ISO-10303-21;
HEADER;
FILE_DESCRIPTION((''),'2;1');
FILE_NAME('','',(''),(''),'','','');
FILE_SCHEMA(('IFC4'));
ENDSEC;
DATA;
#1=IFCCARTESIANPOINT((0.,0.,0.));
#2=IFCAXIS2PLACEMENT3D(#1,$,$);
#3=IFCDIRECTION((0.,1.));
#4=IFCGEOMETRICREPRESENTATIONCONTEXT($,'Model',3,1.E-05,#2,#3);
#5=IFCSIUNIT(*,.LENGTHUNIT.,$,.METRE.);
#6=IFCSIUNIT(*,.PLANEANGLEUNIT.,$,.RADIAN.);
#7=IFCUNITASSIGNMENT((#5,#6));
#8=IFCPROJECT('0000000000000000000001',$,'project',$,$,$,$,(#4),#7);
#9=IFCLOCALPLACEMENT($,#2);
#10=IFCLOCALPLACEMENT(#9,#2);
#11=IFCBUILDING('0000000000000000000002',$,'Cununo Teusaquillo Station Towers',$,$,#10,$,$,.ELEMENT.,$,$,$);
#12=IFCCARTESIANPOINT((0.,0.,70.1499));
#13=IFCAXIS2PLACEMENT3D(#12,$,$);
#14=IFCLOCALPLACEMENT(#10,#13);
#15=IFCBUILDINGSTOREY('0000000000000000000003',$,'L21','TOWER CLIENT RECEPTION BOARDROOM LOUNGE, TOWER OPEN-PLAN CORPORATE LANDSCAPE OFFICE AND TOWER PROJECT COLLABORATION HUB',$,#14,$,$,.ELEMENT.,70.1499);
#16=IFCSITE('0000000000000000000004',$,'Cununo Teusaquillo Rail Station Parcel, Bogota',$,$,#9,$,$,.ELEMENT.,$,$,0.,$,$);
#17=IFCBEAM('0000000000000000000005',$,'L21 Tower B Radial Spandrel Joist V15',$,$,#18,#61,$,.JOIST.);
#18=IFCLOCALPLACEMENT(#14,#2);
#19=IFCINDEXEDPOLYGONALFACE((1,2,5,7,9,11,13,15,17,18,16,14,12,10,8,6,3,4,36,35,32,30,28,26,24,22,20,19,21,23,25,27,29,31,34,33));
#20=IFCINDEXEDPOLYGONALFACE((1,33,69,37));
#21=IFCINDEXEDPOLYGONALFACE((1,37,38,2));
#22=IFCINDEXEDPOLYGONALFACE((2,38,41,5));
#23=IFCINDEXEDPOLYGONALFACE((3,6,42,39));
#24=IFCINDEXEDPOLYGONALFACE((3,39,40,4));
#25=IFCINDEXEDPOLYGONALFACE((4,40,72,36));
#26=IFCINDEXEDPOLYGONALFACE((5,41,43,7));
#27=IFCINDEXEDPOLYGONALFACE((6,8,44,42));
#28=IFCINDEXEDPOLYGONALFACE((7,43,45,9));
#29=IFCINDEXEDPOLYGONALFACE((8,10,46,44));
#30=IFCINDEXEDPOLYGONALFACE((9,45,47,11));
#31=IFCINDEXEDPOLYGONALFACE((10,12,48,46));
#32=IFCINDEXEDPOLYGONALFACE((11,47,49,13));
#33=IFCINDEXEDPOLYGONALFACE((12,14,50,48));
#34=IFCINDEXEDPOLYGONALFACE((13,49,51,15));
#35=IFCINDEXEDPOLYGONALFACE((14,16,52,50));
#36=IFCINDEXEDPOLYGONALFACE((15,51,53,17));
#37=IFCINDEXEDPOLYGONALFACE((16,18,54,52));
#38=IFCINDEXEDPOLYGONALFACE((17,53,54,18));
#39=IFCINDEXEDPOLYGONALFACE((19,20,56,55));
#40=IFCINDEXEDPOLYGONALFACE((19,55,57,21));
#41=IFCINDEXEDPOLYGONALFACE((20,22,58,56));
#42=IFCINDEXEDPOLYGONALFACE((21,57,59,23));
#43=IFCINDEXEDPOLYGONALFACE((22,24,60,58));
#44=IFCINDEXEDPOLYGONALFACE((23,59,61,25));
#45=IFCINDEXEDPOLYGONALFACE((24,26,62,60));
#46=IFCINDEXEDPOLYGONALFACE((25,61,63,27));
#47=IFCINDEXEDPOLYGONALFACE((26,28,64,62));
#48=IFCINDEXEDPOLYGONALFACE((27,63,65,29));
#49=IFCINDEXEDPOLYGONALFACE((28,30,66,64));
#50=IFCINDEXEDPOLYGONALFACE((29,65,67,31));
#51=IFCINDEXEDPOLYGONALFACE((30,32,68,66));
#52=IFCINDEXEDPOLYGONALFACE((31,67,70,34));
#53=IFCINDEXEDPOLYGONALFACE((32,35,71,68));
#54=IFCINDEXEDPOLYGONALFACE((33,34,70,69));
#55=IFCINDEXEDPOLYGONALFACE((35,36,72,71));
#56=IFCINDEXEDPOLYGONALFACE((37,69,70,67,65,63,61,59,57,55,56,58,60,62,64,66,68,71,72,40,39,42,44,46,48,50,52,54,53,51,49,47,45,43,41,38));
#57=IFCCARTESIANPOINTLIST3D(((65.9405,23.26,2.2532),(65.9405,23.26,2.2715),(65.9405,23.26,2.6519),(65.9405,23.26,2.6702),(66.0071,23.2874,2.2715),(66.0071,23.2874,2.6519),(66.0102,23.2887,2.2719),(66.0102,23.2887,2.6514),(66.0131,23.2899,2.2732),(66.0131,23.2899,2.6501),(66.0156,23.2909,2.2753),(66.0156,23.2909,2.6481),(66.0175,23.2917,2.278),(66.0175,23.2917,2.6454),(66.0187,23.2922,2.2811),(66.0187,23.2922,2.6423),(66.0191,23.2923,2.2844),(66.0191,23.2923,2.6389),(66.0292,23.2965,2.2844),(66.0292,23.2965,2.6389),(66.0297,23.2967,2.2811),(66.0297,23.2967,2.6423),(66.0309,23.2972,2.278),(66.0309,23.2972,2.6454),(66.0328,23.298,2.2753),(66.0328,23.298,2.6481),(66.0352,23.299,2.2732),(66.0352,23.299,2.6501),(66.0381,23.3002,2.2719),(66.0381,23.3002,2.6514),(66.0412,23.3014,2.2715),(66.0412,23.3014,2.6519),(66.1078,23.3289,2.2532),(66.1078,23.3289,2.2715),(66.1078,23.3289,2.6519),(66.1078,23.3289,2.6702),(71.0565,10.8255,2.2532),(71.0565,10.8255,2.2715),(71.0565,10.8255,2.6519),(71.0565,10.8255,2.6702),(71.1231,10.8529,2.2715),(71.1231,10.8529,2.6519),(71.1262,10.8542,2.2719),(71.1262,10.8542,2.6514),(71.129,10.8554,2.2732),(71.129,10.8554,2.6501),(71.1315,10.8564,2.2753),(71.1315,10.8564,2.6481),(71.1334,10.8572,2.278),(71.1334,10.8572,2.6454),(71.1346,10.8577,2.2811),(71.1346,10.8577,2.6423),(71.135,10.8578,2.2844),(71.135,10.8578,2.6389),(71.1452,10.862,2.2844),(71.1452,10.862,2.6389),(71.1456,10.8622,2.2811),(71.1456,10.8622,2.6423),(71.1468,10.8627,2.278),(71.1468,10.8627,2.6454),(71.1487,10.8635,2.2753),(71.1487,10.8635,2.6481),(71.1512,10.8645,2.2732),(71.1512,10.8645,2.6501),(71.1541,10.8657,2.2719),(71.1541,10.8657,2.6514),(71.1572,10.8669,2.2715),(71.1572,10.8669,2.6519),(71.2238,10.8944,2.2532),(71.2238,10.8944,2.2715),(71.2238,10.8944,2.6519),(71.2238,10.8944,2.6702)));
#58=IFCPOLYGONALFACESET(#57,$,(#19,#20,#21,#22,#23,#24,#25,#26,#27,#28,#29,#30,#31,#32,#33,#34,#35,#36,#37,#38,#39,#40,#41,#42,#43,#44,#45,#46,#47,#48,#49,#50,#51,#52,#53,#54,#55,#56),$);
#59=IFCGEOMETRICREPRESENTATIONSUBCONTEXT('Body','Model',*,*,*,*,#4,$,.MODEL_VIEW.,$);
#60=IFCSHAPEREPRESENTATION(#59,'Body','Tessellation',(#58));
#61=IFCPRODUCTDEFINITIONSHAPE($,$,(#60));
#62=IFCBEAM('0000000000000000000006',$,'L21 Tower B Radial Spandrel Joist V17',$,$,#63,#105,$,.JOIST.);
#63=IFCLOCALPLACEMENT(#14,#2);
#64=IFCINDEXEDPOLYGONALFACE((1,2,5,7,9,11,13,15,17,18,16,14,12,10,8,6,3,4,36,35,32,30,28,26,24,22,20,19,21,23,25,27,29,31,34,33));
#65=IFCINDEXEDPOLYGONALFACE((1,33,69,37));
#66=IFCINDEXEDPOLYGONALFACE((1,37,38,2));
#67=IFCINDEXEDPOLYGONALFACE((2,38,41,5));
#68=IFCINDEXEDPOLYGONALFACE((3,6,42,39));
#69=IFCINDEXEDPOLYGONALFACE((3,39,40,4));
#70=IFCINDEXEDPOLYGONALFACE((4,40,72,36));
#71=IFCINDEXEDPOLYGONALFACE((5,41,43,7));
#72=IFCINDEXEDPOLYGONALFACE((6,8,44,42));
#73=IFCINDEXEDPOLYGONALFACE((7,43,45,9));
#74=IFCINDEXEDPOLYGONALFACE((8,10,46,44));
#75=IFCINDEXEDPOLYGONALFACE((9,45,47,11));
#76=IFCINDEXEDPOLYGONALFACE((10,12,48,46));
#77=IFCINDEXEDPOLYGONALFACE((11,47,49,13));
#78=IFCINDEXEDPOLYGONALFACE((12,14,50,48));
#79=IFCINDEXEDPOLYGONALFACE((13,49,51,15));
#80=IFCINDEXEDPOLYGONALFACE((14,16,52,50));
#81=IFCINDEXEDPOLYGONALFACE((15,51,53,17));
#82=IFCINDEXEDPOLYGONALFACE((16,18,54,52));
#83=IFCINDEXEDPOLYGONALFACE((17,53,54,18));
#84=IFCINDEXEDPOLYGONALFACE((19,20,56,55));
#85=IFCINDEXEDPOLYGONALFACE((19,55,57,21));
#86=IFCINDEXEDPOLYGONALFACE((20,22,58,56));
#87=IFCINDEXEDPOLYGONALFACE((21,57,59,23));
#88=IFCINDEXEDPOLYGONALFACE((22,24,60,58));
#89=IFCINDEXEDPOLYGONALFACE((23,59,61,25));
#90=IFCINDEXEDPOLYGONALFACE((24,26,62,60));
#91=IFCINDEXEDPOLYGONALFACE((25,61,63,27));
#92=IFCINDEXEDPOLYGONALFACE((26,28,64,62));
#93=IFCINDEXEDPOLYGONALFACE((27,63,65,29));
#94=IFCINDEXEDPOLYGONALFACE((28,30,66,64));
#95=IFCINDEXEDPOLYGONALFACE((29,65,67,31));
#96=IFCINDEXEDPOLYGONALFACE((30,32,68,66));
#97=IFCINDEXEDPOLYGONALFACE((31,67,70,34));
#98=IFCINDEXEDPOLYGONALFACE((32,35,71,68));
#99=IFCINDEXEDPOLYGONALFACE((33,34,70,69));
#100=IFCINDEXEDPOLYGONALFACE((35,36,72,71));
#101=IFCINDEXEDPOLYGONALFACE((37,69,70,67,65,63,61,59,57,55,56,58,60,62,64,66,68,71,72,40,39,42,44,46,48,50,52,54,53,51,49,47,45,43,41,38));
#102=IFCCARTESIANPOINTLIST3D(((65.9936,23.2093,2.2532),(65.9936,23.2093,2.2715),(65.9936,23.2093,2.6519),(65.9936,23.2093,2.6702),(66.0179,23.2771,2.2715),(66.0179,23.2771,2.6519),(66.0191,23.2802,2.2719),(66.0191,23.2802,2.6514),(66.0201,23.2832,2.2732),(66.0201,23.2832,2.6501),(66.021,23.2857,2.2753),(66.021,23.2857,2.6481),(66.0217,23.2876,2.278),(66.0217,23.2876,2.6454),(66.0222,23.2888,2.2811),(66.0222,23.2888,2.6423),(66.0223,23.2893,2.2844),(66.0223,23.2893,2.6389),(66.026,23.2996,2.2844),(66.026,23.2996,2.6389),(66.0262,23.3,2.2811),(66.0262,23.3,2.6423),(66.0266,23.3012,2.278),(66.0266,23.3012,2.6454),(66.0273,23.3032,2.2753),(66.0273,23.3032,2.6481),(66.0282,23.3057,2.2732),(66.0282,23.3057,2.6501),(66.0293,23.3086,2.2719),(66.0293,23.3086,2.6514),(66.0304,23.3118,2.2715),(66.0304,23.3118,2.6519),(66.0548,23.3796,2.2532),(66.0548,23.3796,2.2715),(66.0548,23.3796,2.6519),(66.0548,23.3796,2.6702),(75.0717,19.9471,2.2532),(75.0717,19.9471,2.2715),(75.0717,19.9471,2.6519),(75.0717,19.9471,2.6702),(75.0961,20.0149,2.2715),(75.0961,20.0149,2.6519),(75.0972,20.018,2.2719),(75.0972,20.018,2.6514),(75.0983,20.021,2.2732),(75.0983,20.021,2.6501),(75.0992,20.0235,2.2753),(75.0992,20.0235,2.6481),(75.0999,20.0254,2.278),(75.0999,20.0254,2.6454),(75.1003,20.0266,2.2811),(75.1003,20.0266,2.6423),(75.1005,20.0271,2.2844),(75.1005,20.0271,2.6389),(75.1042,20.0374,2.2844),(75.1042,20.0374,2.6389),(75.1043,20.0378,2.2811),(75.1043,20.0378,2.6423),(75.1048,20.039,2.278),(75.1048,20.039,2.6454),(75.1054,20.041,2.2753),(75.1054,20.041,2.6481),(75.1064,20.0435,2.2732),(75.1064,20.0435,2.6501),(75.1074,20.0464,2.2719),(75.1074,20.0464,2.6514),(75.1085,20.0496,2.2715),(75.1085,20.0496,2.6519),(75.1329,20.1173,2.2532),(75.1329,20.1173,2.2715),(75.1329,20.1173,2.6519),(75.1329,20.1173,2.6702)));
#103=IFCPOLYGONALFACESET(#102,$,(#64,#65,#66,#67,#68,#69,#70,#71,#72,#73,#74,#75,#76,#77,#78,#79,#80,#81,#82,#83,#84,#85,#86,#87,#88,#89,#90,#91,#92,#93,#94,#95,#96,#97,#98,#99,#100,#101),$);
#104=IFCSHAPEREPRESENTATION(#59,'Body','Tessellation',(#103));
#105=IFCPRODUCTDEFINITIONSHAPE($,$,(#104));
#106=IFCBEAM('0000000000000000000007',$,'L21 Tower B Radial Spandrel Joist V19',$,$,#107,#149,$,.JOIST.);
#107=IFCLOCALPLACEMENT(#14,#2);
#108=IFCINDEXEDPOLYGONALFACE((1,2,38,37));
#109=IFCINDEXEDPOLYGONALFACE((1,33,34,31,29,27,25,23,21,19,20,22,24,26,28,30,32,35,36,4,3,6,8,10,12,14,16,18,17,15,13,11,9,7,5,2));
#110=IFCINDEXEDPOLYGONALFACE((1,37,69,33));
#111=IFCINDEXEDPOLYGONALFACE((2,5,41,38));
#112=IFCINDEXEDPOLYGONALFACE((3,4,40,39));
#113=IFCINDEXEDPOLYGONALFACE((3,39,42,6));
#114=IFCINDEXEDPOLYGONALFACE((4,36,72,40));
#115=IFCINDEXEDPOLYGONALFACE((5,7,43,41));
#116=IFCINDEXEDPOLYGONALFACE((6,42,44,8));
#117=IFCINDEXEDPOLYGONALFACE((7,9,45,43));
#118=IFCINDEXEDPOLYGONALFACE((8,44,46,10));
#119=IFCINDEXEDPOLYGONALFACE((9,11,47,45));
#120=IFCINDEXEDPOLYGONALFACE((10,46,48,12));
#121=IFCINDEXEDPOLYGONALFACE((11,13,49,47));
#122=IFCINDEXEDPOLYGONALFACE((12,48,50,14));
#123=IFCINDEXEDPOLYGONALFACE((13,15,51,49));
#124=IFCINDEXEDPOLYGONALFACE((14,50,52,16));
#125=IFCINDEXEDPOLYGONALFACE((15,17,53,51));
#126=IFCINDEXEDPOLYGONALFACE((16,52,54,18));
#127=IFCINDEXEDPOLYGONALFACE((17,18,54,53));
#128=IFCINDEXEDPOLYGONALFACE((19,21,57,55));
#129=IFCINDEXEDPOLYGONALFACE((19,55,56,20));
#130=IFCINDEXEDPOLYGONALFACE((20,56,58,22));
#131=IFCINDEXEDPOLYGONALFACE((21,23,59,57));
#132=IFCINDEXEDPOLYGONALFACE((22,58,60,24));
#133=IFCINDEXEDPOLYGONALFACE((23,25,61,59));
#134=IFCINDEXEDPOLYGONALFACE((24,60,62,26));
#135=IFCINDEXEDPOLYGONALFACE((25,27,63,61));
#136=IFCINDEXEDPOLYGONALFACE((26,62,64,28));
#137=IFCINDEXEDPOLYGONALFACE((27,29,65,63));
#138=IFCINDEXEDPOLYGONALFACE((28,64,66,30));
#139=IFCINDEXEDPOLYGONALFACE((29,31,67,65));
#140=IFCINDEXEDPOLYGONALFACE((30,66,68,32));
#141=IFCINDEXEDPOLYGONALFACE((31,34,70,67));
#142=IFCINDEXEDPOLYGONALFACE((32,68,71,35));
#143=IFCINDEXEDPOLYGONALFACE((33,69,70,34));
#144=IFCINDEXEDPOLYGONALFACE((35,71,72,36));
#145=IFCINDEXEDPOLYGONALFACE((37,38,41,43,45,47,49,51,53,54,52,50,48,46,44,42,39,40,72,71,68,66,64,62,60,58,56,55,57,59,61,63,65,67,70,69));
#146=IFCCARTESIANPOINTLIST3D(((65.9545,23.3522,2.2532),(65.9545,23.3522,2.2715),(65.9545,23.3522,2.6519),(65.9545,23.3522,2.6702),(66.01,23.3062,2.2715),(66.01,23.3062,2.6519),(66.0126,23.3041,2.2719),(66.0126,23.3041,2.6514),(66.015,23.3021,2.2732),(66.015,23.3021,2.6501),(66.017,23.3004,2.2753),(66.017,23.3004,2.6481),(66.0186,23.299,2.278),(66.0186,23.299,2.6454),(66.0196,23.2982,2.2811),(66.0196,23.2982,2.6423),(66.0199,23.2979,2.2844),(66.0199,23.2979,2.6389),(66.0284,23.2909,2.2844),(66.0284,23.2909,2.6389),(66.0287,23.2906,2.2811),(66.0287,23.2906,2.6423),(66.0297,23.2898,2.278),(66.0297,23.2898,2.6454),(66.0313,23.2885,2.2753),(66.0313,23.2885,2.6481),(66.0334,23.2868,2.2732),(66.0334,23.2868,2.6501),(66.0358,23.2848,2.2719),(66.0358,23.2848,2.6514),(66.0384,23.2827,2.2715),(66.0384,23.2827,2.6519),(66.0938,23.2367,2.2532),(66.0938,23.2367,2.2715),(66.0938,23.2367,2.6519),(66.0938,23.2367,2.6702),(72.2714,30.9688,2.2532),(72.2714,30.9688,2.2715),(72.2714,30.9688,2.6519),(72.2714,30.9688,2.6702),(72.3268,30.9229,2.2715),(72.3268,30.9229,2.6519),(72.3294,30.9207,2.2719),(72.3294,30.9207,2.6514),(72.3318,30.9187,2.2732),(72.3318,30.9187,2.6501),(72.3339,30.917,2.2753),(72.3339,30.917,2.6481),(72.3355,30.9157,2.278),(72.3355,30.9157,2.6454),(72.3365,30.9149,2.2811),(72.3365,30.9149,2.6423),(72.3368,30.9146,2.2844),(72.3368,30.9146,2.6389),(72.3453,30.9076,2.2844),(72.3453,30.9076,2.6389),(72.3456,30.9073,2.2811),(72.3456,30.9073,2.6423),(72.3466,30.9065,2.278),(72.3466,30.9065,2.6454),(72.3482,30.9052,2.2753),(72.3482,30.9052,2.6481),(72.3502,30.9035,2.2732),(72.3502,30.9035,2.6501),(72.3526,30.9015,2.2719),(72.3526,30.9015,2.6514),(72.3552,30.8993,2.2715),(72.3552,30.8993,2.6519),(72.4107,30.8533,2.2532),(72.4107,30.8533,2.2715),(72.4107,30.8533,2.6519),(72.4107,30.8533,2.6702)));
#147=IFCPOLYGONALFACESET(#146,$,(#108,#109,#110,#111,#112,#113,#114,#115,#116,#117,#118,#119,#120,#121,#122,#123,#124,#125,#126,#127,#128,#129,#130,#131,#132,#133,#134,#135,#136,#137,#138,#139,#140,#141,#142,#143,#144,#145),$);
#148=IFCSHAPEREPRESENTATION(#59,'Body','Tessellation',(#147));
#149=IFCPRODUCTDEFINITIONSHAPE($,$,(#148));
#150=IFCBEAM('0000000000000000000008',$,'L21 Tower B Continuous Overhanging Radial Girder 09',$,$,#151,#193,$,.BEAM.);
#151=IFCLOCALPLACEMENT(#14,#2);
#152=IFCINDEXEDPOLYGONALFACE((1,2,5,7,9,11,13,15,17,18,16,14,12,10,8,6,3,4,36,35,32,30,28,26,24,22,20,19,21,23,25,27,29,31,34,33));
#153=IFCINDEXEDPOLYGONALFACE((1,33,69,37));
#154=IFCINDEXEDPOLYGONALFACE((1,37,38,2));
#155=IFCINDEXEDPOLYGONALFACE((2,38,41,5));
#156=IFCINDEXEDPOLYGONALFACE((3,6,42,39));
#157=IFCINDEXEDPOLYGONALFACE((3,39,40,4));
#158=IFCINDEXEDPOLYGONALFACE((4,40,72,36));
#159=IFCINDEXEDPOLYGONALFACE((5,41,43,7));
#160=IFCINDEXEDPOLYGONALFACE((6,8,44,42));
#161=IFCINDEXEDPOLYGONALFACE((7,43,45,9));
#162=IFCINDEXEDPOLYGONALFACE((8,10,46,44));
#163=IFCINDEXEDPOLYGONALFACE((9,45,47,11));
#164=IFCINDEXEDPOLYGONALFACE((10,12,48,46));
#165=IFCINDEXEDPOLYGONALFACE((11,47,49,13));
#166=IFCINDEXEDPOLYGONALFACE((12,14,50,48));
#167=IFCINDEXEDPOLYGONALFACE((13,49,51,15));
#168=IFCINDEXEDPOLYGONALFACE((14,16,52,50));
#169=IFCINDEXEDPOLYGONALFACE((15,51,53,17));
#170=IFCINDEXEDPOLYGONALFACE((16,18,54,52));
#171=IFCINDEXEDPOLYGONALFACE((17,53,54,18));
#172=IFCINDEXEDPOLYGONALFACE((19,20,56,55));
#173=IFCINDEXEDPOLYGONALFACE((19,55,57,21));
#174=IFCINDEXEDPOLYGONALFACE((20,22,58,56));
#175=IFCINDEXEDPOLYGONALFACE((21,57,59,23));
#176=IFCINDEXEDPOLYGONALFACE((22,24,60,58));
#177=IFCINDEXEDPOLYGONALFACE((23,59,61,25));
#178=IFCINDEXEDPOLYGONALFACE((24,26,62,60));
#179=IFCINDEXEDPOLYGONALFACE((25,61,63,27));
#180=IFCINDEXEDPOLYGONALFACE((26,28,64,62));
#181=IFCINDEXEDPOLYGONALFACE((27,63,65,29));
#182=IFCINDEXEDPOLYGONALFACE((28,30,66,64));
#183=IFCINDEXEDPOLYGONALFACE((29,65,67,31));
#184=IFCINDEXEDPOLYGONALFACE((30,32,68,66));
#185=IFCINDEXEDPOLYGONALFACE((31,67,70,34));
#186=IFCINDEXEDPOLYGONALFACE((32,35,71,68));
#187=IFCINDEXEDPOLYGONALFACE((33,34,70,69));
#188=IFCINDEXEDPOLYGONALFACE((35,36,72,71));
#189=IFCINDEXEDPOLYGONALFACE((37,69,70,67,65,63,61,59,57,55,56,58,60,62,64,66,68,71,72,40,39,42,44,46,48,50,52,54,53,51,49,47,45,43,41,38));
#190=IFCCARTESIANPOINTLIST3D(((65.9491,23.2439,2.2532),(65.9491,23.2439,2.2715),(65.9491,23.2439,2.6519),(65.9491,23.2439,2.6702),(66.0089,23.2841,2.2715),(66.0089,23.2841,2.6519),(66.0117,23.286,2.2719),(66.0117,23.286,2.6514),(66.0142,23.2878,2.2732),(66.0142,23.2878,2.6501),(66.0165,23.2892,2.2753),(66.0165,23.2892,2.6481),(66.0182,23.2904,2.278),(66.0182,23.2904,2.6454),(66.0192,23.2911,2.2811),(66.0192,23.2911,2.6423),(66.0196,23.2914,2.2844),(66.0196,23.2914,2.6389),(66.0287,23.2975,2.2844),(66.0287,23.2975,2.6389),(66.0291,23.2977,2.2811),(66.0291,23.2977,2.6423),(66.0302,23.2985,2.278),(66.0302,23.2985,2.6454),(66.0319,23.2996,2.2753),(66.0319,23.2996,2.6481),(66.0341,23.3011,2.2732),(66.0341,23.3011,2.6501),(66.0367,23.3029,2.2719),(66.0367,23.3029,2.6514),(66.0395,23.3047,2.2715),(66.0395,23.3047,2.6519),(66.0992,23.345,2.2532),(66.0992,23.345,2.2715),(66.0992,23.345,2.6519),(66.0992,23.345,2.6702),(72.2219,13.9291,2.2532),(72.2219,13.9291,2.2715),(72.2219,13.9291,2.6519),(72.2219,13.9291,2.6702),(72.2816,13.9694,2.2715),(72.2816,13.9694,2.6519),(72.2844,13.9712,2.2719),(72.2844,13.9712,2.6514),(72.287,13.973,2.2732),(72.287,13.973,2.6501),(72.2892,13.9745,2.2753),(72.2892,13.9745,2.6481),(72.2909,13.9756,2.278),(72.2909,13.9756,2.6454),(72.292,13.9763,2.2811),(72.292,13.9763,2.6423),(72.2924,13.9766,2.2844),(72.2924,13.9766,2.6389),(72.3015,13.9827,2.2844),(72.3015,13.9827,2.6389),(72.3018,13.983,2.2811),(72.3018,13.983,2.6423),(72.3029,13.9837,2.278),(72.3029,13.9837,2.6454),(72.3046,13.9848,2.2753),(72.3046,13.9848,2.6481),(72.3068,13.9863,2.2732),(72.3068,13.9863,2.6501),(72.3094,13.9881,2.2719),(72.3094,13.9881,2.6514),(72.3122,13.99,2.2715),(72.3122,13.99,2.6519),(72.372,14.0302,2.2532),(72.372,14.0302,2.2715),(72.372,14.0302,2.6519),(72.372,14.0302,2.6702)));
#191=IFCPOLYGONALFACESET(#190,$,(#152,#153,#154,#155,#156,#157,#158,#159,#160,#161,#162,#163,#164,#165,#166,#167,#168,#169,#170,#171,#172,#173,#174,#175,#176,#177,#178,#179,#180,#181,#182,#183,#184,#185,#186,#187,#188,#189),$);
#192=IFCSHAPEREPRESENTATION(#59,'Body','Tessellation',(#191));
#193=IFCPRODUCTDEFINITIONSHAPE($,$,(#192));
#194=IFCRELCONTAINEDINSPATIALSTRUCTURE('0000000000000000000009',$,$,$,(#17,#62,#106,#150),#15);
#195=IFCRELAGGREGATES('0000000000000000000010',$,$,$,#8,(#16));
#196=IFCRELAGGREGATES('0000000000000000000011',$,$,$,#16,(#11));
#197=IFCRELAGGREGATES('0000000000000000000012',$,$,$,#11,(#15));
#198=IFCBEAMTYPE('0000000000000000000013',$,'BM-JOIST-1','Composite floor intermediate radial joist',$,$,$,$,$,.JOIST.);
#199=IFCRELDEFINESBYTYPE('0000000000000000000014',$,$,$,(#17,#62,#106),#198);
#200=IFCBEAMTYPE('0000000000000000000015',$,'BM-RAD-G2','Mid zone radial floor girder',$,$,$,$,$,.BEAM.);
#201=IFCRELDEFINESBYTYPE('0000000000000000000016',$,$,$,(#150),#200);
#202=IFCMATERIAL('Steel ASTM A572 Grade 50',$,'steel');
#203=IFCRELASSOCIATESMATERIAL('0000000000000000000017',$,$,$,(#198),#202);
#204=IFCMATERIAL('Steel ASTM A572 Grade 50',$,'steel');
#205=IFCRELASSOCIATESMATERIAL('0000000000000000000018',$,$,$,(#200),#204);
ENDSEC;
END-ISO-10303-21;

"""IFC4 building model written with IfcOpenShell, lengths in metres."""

from ifc_helpers import new_model, si_unit, direction, frame, origin, origin_2d, place, context, subcontext, project, spatial, i_section, extrude, material, material_profile, profile_set, type_object, element, save


model = new_model("IFC4")

# Units and contexts
model_context = context("Model", 3, precision=1e-05, world=origin(), true_north=direction((0.0, 1.0)))
body_context = subcontext(model_context, "Body", "Model", "MODEL_VIEW")
ifc_project = project(units=[si_unit("LENGTHUNIT", "METRE"), si_unit("PLANEANGLEUNIT", "RADIAN")], contexts=[model_context])

# Site, building, storey
site_placement = place(None, origin())
site = spatial("IfcSite", under=ifc_project, at=site_placement, Name="Cununo Teusaquillo Rail Station Parcel, Bogota", CompositionType="ELEMENT", RefElevation=0.0)
building_placement = place(site_placement, origin())
building = spatial("IfcBuilding", under=site, at=building_placement, Name="Cununo Teusaquillo Station Towers", CompositionType="ELEMENT")
storey_placement = place(building_placement, frame((0.0, 0.0, 70.1499)))
storey = spatial("IfcBuildingStorey", under=building, at=storey_placement, Name="L21", Description="TOWER CLIENT RECEPTION BOARDROOM LOUNGE, TOWER OPEN-PLAN CORPORATE LANDSCAPE OFFICE AND TOWER PROJECT COLLABORATION HUB", CompositionType="ELEMENT", Elevation=70.1499)

# Beams
ifc_material_1 = material(Name="Steel ASTM A572 Grade 50", Category="steel")
ifc_material_profile_1 = material_profile(ifc_material_1, i_section(OverallWidth=0.1809, OverallDepth=0.417, WebThickness=0.011, FlangeThickness=0.0183, FilletRadius=0.0129, at=origin_2d()), Name="W16X57")
ifc_profile_set_1 = profile_set([ifc_material_profile_1], Name="Steel ASTM A572 Grade 50")
beam_type_1 = type_object("IfcBeamType", Name="BM-JOIST-1", Description="Composite floor intermediate radial joist", PredefinedType="JOIST", material=ifc_profile_set_1)
beam_1_placement = place(storey_placement, frame((66.0242, 23.2944, 2.4617), z_axis=(0.380486, -0.924787, 0.0), x_axis=(0.924787, 0.380486, 0.0)))
element("IfcBeam", 1, at=beam_1_placement, inside=storey, type_object=beam_type_1, Name="L21 Tower B Radial Spandrel Joist V15", PredefinedType="JOIST", context=body_context, shape_type="SweptSolid", body=[
    extrude(i_section(OverallWidth=0.1809, OverallDepth=0.417, WebThickness=0.011, FlangeThickness=0.0183, FilletRadius=0.0129, at=origin_2d()), origin(), (0.0, 0.0, 1.0), 13.4458),
])
beam_2_placement = place(storey_placement, frame((66.0242, 23.2944, 2.4617), z_axis=(0.941083, -0.338176, 0.0), x_axis=(0.338176, 0.941083, 0.0)))
element("IfcBeam", 2, at=beam_2_placement, inside=storey, type_object=beam_type_1, Name="L21 Tower B Radial Spandrel Joist V17", PredefinedType="JOIST", context=body_context, shape_type="SweptSolid", body=[
    extrude(i_section(OverallWidth=0.1809, OverallDepth=0.417, WebThickness=0.011, FlangeThickness=0.0183, FilletRadius=0.0129, at=origin_2d()), origin(), (0.0, 0.0, 1.0), 9.6465),
])
beam_3_placement = place(storey_placement, frame((66.0242, 23.2944, 2.4617), z_axis=(0.638372, 0.769728, 0.0), x_axis=(-0.769728, 0.638372, 0.0)))
element("IfcBeam", 3, at=beam_3_placement, inside=storey, type_object=beam_type_1, Name="L21 Tower B Radial Spandrel Joist V19", PredefinedType="JOIST", context=body_context, shape_type="SweptSolid", body=[
    extrude(i_section(OverallWidth=0.1809, OverallDepth=0.417, WebThickness=0.011, FlangeThickness=0.0183, FilletRadius=0.0129, at=origin_2d()), origin(), (0.0, 0.0, 1.0), 9.8953),
])
ifc_material_2 = material(Name="Steel ASTM A572 Grade 50", Category="steel")
ifc_material_profile_2 = material_profile(ifc_material_2, i_section(OverallWidth=0.1809, OverallDepth=0.417, WebThickness=0.011, FlangeThickness=0.0183, FilletRadius=0.0129, at=origin_2d()), Name="W16X57")
ifc_profile_set_2 = profile_set([ifc_material_profile_2], Name="Steel ASTM A572 Grade 50")
beam_type_2 = type_object("IfcBeamType", Name="BM-RAD-G2", Description="Mid zone radial floor girder", PredefinedType="BEAM", material=ifc_profile_set_2)
beam_4_placement = place(storey_placement, frame((66.0242, 23.2944, 2.4617), z_axis=(0.558572, -0.829456, 0.0), x_axis=(0.829456, 0.558572, 0.0)))
element("IfcBeam", 4, at=beam_4_placement, inside=storey, type_object=beam_type_2, Name="L21 Tower B Continuous Overhanging Radial Girder 09", PredefinedType="BEAM", context=body_context, shape_type="SweptSolid", body=[
    extrude(i_section(OverallWidth=0.1809, OverallDepth=0.417, WebThickness=0.011, FlangeThickness=0.0183, FilletRadius=0.0129, at=origin_2d()), origin(), (0.0, 0.0, 1.0), 11.23),
])

save(model, "model.ifc")
